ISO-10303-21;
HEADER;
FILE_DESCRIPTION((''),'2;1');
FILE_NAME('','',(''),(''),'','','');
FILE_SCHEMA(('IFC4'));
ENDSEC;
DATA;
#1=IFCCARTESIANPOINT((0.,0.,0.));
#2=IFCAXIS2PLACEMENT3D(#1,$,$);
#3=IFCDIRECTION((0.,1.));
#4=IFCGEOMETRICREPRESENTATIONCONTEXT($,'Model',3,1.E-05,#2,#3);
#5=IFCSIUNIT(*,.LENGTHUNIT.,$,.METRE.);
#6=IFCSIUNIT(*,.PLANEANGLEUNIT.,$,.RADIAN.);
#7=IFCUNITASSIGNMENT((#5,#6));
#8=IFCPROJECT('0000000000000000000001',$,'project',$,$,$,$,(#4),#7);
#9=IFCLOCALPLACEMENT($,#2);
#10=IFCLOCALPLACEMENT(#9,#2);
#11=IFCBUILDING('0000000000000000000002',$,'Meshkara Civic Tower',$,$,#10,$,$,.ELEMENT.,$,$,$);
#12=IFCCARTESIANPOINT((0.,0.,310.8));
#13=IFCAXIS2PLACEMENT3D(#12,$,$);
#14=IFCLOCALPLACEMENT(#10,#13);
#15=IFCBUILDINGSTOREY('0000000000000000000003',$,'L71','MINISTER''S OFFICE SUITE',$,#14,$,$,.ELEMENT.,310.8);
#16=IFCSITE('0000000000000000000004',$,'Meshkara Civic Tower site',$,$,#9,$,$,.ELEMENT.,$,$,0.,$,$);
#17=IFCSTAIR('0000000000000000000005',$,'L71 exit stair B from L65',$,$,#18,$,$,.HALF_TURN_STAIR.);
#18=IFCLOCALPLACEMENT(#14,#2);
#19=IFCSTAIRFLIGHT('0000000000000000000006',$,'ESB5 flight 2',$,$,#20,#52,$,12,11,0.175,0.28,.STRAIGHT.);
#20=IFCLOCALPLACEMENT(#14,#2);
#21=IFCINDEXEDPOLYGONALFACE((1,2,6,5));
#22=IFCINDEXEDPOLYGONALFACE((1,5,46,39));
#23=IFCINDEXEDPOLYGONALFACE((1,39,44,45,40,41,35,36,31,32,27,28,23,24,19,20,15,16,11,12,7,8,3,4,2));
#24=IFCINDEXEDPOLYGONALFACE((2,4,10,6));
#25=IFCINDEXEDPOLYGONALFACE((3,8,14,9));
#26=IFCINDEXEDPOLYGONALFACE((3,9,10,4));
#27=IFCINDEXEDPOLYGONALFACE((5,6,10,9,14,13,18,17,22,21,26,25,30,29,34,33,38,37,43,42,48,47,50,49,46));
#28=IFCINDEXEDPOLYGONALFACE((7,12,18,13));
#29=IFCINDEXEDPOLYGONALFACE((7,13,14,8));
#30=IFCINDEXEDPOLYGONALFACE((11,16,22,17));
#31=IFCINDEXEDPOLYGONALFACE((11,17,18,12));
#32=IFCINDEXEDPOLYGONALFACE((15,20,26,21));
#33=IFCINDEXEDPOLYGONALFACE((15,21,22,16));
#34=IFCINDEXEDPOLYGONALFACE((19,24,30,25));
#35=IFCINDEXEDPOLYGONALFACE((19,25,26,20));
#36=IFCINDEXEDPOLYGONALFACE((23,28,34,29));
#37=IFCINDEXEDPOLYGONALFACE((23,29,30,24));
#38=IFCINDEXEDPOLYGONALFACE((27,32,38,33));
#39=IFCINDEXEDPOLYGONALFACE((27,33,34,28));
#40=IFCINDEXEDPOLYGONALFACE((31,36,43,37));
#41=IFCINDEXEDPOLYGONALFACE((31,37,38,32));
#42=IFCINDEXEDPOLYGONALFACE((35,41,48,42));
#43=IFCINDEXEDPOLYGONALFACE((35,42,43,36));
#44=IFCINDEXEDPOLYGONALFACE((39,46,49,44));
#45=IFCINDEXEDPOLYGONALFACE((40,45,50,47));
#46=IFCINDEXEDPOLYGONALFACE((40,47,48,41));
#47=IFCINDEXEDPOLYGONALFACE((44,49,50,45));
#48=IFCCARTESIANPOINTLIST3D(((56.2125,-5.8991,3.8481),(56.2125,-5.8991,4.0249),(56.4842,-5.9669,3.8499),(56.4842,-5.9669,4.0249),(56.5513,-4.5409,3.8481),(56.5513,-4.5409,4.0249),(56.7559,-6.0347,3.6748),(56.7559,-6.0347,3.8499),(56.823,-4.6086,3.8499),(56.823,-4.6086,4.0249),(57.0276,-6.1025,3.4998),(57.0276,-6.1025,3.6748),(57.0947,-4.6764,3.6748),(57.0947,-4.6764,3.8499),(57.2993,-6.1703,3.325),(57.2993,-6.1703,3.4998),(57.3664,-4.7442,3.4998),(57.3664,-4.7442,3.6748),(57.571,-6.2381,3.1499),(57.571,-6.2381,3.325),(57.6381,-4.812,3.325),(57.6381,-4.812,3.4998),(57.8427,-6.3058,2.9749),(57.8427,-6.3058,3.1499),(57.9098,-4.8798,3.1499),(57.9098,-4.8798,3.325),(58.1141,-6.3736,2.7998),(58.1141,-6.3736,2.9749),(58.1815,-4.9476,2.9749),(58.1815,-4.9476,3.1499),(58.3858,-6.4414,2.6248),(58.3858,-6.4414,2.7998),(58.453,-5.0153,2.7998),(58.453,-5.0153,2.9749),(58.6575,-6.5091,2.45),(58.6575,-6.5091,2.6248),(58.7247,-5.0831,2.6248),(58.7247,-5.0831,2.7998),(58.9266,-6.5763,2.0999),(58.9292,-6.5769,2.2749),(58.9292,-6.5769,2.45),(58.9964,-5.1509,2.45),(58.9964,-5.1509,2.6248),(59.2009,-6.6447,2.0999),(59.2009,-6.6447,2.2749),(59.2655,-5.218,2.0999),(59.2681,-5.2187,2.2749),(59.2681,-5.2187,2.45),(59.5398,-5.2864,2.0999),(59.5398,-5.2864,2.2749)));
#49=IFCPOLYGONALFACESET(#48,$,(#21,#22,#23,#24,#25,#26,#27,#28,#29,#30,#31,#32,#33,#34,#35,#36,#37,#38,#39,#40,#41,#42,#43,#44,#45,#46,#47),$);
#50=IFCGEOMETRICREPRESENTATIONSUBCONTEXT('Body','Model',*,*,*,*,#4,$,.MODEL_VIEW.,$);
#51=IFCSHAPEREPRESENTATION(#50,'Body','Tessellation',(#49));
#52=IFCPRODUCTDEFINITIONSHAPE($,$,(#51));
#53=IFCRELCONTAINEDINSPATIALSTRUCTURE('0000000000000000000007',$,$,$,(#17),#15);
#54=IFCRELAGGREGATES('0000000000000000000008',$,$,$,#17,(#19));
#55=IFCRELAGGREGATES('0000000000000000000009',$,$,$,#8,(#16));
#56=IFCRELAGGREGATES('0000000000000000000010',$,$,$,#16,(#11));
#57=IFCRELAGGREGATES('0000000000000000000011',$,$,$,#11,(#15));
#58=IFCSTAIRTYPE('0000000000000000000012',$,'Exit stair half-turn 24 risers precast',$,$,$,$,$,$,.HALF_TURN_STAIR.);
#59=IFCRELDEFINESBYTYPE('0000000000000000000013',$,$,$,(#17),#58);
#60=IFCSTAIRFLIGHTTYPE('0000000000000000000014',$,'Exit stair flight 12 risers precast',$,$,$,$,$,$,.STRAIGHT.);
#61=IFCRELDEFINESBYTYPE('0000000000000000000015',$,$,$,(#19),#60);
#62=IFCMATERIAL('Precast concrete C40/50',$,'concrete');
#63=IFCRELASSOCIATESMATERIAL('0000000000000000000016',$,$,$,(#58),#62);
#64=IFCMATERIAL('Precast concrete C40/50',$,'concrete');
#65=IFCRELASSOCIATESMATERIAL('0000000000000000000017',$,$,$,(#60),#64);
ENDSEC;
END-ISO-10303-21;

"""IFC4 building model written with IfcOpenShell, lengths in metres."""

from ifc_helpers import new_model, si_unit, direction, frame, origin, place, context, subcontext, project, spatial, polyline, outline, extrude, material, type_object, element, aggregate, save


model = new_model("IFC4")

# Units and contexts
model_context = context("Model", 3, precision=1e-05, world=origin(), true_north=direction((0.0, 1.0)))
body_context = subcontext(model_context, "Body", "Model", "MODEL_VIEW")
ifc_project = project(units=[si_unit("LENGTHUNIT", "METRE"), si_unit("PLANEANGLEUNIT", "RADIAN")], contexts=[model_context])

# Site, building, storey
site_placement = place(None, origin())
site = spatial("IfcSite", under=ifc_project, at=site_placement, Name="Meshkara Civic Tower site", CompositionType="ELEMENT", RefElevation=0.0)
building_placement = place(site_placement, origin())
building = spatial("IfcBuilding", under=site, at=building_placement, Name="Meshkara Civic Tower", CompositionType="ELEMENT")
storey_placement = place(building_placement, frame((0.0, 0.0, 310.8)))
storey = spatial("IfcBuildingStorey", under=building, at=storey_placement, Name="L71", Description="MINISTER'S OFFICE SUITE", CompositionType="ELEMENT", Elevation=310.8)

# Stair, stair flight
ifc_material_1 = material(Name="Precast concrete C40/50", Category="concrete")
stair_type = type_object("IfcStairType", Name="Exit stair half-turn 24 risers precast", PredefinedType="HALF_TURN_STAIR", material=ifc_material_1)
stair_placement = place(storey_placement, origin())
stair = element("IfcStair", 1, at=stair_placement, inside=storey, type_object=stair_type, Name="L71 exit stair B from L65", PredefinedType="HALF_TURN_STAIR")
ifc_material_2 = material(Name="Precast concrete C40/50", Category="concrete")
stair_flight_type = type_object("IfcStairFlightType", Name="Exit stair flight 12 risers precast", PredefinedType="STRAIGHT", material=ifc_material_2)
stair_flight_1_placement = place(storey_placement, frame((59.3704, -5.9656, 2.0999), z_axis=(0.0, 0.0, 1.0), x_axis=(-0.97026, 0.242065, 0.0)))
stair_flight_1 = element("IfcStairFlight", 2, at=stair_flight_1_placement, type_object=stair_flight_type, Name="ESB5 flight 2", NumberOfRisers=12, NumberOfTreads=11, PredefinedType="STRAIGHT", RiserHeight=0.175, TreadLength=0.28, context=body_context, shape_type="SweptSolid", body=[
    extrude(outline(polyline([(0.0, 0.0), (0.0, 0.175), (0.28, 0.175), (0.28, 0.3501), (0.5601, 0.3501), (0.5601, 0.5249), (0.8401, 0.5249), (0.8401, 0.7), (1.1201, 0.7), (1.1201, 0.875), (1.3999, 0.875), (1.3999, 1.05), (1.6799, 1.05), (1.6799, 1.2251), (1.96, 1.2251), (1.96, 1.3999), (2.24, 1.3999), (2.24, 1.575), (2.52, 1.575), (2.52, 1.75), (2.8, 1.75), (2.8, 1.925), (3.0801, 1.925), (3.0801, 2.1001), (3.0801, 1.7483), (0.2827, 0.0), (0.0, 0.0)])), frame((0.0, 0.7, 0.0), z_axis=(0.0, -1.0, 0.0), x_axis=(1.0, 0.0, 0.0)), (0.0, 0.0, 1.0), 1.3999),
])
aggregate(stair, [stair_flight_1])

save(model, "model.ifc")
